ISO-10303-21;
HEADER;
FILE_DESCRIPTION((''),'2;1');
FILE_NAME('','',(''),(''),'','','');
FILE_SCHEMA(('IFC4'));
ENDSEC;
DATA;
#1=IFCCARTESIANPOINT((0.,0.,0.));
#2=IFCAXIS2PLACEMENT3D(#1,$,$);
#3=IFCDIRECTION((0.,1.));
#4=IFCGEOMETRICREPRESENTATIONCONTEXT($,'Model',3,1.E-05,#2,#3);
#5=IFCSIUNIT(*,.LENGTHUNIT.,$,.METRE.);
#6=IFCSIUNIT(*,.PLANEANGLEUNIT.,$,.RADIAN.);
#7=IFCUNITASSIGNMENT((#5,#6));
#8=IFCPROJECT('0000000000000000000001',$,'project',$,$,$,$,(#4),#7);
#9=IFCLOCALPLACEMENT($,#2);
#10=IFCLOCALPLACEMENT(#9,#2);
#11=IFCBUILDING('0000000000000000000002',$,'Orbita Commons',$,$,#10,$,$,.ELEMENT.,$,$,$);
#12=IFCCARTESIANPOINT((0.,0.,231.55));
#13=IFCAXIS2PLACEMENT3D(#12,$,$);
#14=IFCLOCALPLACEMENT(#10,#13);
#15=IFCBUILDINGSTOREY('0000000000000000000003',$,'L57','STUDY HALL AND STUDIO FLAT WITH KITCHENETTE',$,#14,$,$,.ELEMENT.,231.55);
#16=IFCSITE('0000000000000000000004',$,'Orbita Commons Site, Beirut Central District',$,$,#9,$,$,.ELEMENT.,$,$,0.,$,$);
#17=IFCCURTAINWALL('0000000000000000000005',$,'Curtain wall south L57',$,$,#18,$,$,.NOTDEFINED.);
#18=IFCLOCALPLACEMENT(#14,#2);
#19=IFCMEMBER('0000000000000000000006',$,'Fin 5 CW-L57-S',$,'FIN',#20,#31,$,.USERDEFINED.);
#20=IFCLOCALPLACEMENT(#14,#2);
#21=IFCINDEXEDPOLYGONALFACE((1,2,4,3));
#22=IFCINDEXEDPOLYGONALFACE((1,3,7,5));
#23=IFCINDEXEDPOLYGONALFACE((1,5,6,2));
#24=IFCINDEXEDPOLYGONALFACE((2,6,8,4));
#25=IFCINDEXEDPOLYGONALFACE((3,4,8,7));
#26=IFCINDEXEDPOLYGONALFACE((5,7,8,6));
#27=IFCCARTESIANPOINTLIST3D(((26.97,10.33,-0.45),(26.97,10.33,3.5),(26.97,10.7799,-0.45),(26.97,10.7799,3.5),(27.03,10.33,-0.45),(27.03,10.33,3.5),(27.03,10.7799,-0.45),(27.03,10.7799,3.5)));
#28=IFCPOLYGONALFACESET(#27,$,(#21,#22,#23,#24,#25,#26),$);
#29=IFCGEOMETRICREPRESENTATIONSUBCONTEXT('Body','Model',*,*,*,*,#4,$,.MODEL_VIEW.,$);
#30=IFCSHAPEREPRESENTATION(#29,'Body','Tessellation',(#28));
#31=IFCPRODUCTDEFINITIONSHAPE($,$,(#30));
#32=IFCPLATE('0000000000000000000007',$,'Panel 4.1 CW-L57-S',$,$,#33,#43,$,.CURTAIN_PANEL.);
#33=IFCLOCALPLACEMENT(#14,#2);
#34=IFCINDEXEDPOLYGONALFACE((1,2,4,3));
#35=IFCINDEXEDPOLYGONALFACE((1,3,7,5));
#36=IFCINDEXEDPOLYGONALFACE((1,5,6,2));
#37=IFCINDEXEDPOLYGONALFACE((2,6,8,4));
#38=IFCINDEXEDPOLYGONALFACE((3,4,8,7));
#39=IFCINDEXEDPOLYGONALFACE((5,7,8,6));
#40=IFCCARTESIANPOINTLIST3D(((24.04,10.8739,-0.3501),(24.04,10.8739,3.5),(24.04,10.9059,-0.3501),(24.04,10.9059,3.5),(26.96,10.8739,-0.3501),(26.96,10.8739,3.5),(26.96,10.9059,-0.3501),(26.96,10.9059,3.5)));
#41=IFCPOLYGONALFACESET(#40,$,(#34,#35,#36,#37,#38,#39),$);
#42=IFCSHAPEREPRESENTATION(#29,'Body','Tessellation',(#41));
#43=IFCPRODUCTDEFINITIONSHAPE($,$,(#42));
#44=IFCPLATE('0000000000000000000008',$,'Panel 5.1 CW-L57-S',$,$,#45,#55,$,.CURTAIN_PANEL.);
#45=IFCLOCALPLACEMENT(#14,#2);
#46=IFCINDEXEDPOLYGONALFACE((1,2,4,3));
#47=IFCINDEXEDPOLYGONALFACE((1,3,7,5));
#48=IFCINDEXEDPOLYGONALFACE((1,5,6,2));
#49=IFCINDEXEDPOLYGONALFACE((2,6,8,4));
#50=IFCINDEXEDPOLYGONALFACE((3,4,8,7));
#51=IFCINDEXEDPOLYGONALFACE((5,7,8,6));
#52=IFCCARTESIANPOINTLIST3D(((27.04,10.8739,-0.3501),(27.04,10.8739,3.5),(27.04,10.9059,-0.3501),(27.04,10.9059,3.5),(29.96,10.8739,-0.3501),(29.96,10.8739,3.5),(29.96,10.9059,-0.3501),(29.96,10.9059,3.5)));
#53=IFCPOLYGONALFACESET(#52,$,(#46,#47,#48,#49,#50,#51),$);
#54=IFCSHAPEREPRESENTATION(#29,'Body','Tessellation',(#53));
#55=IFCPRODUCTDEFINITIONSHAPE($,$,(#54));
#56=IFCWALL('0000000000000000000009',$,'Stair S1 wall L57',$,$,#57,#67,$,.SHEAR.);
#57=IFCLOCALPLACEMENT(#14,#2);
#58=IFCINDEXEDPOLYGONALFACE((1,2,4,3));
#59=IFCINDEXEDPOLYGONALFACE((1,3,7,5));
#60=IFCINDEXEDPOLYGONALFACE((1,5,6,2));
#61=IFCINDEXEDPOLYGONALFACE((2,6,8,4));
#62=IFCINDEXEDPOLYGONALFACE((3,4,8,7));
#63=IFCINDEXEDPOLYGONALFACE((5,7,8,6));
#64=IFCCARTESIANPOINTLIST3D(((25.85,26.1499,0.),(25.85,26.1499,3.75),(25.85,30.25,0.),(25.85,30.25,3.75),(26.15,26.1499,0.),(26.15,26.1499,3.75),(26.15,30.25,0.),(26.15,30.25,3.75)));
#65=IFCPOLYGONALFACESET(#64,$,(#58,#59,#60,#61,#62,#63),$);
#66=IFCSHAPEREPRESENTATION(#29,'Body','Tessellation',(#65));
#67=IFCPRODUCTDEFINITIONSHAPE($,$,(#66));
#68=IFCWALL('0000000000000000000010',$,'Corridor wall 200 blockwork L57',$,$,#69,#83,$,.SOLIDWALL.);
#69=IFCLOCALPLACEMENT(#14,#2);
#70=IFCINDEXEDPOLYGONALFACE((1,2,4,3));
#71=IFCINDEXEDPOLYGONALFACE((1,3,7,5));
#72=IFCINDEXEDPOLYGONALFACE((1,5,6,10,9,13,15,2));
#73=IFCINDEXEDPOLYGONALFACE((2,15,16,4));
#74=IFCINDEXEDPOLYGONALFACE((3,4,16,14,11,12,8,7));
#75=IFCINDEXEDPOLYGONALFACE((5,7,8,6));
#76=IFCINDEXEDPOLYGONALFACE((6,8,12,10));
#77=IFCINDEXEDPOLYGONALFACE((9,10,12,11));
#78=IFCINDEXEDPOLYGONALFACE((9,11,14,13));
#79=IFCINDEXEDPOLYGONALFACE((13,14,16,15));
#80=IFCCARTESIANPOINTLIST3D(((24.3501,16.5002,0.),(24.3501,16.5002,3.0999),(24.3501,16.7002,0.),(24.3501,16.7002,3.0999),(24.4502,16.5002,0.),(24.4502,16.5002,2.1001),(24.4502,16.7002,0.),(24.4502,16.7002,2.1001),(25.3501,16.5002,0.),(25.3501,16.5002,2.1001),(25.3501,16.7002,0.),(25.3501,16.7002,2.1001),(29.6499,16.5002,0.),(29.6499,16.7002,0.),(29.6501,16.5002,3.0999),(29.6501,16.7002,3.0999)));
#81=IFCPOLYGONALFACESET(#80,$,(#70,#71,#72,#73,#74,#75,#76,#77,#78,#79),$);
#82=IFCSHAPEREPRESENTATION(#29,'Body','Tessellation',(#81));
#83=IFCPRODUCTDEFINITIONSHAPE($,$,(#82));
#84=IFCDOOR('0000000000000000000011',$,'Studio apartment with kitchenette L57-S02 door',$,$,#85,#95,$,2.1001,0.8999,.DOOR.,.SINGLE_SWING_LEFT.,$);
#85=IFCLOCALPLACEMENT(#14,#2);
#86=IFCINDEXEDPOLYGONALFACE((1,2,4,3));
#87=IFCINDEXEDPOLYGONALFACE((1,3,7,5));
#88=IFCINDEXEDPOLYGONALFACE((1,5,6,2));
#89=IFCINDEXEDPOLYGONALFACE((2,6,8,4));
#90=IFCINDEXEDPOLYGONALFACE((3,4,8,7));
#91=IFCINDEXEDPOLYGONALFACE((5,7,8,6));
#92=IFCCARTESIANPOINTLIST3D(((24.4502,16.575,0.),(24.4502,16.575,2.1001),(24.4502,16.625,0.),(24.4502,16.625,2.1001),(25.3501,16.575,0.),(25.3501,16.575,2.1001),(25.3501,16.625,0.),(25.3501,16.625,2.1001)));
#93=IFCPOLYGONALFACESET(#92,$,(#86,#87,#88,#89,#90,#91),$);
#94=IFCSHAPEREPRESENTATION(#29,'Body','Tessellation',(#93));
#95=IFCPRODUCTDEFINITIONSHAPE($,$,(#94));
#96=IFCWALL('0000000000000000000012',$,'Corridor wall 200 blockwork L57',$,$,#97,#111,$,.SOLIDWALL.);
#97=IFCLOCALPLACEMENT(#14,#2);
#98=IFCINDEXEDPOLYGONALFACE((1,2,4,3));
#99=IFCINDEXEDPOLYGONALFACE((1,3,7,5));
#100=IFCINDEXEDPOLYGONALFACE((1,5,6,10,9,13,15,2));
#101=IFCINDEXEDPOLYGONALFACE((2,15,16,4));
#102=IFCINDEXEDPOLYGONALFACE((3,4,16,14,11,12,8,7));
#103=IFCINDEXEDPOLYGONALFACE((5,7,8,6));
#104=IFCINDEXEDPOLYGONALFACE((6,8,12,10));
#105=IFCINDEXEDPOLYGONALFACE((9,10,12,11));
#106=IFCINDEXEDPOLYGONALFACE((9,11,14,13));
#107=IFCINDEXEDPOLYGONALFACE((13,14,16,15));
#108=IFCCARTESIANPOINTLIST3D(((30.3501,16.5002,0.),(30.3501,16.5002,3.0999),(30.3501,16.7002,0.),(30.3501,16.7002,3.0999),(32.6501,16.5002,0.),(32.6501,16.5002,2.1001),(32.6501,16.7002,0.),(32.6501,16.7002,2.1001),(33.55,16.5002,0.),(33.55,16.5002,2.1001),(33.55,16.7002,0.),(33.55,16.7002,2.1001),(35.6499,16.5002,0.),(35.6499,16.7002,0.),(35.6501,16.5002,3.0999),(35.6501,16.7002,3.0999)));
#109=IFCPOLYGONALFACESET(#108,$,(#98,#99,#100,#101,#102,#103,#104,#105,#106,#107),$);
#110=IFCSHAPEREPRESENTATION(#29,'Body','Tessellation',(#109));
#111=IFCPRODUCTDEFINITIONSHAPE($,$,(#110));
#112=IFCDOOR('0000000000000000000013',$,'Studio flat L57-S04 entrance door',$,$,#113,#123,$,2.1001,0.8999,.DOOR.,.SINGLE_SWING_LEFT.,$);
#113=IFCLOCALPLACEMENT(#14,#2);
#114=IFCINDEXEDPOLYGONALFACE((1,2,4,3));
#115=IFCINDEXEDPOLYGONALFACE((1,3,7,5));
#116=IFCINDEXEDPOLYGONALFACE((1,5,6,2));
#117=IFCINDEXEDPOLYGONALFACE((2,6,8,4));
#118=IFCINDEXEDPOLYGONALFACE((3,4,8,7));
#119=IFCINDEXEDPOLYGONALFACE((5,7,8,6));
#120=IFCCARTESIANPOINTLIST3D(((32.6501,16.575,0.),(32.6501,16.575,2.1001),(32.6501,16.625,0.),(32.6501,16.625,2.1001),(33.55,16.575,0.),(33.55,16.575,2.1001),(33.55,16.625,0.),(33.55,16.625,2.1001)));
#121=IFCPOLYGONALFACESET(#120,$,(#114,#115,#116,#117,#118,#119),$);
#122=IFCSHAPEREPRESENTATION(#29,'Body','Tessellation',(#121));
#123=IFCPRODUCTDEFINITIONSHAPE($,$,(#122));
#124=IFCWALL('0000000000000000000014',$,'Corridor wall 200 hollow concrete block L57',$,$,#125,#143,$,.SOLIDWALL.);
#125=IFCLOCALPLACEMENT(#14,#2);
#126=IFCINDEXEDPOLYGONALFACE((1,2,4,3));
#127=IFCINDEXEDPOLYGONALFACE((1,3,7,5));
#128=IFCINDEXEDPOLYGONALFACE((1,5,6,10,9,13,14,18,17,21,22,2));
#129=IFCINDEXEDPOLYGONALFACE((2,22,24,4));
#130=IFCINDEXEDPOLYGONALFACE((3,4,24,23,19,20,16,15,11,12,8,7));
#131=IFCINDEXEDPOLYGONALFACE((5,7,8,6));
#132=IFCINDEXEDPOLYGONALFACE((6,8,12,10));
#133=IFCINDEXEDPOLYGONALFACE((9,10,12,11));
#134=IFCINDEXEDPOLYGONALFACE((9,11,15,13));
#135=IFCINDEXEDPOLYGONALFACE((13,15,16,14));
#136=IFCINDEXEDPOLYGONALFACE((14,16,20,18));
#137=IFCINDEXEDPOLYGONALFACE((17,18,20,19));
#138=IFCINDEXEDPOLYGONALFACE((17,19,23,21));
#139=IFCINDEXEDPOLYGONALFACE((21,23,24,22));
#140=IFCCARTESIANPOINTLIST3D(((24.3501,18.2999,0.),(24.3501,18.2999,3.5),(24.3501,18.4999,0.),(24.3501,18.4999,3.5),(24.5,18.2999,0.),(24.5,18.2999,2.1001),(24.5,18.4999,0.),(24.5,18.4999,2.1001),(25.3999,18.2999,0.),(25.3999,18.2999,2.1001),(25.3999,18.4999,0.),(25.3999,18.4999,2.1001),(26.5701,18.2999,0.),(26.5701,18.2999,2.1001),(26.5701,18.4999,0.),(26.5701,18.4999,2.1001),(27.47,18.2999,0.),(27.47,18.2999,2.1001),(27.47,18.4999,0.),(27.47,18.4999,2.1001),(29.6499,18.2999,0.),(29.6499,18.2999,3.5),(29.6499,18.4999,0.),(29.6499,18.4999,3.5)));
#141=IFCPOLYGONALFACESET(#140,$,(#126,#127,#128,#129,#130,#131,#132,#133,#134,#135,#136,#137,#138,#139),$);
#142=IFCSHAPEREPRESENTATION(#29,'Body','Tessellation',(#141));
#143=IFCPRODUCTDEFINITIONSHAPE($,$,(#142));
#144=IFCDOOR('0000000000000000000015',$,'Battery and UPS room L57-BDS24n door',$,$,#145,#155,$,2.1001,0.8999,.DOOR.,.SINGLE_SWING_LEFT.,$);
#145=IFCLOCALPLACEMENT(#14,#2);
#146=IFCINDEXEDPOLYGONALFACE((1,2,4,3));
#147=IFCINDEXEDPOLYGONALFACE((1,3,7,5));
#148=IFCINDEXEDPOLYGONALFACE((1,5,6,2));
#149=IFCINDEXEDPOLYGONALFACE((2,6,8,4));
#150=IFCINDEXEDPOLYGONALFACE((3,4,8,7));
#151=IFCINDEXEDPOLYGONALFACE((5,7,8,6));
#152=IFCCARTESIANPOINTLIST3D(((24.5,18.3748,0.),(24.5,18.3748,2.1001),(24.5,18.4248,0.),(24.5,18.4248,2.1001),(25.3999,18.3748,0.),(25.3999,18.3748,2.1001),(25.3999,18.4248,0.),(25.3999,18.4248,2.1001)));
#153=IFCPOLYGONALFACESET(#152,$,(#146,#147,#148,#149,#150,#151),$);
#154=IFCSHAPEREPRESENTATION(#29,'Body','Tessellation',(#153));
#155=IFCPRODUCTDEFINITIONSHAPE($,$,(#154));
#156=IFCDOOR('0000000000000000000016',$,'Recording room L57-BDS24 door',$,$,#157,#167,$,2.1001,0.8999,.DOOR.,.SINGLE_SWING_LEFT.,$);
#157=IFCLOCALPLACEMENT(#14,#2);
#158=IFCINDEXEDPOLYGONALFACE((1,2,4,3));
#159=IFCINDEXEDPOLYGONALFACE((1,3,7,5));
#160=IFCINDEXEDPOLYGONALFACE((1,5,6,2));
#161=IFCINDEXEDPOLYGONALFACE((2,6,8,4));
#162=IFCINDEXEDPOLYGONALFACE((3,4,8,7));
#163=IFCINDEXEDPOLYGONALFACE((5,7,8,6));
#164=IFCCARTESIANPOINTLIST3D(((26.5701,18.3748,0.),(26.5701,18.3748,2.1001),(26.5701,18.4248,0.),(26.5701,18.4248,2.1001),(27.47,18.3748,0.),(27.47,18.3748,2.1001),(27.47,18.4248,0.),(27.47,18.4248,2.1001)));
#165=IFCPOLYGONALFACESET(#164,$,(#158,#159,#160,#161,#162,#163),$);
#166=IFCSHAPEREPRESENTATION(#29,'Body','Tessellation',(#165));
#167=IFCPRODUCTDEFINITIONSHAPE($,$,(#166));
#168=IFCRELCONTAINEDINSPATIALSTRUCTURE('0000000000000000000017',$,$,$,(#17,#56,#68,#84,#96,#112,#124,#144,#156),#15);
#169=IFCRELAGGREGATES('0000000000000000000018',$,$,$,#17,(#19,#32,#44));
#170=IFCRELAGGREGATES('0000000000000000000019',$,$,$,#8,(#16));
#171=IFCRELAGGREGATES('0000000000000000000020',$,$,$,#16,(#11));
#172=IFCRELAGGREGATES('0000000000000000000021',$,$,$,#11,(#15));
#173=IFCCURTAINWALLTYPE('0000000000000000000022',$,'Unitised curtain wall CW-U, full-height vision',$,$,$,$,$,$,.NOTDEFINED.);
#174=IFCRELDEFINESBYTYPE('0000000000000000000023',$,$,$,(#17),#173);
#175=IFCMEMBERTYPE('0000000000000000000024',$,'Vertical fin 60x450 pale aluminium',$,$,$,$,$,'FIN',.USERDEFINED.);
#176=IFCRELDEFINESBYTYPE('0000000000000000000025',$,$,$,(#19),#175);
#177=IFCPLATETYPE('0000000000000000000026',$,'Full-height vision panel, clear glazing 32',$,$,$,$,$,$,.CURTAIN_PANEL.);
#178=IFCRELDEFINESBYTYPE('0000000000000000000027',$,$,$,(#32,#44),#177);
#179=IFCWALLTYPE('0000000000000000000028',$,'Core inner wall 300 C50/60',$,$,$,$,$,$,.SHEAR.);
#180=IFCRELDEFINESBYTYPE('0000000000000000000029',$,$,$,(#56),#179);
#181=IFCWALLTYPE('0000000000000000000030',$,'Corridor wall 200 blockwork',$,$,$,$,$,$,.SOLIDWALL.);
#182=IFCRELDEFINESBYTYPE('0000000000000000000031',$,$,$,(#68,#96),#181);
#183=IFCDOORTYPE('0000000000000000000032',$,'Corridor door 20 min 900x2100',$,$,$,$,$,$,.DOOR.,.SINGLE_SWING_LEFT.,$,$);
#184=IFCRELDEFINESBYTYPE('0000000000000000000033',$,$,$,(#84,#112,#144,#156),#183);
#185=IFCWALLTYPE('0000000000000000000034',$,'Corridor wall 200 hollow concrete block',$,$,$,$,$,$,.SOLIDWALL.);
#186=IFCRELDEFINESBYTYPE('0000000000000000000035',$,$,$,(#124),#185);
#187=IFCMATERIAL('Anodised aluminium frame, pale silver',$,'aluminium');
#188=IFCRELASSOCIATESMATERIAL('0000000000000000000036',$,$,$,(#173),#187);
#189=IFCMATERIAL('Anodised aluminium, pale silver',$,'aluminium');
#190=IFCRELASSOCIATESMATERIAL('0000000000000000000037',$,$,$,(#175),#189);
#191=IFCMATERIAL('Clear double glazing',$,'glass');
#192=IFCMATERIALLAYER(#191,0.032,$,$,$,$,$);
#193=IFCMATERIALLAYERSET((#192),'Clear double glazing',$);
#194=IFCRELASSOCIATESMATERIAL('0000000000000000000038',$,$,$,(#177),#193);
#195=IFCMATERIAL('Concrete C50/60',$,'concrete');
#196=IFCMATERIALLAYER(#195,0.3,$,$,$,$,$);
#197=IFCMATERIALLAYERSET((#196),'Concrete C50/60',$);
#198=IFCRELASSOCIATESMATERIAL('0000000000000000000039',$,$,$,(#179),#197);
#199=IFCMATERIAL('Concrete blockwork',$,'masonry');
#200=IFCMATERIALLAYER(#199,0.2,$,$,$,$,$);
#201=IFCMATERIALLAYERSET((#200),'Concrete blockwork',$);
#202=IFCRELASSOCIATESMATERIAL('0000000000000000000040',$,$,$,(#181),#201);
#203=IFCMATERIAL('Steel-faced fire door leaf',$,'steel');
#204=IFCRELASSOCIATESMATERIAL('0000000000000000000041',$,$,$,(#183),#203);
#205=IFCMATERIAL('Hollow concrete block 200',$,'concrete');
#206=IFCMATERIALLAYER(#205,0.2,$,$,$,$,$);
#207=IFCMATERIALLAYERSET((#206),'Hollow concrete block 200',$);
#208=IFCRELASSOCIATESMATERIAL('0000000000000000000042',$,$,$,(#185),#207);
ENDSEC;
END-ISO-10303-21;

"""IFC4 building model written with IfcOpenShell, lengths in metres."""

from ifc_helpers import new_model, si_unit, direction, frame, frame_2d, origin, origin_2d, place, context, subcontext, project, spatial, polyline, rectangle, outline, extrude, material, layer, layer_set, material_profile, profile_set, type_object, element, fill, aggregate, save


model = new_model("IFC4")

# Units and contexts
model_context = context("Model", 3, precision=1e-05, world=origin(), true_north=direction((0.0, 1.0)))
body_context = subcontext(model_context, "Body", "Model", "MODEL_VIEW")
ifc_project = project(units=[si_unit("LENGTHUNIT", "METRE"), si_unit("PLANEANGLEUNIT", "RADIAN")], contexts=[model_context])

# Site, building, storey
site_placement = place(None, origin())
site = spatial("IfcSite", under=ifc_project, at=site_placement, Name="Orbita Commons Site, Beirut Central District", CompositionType="ELEMENT", RefElevation=0.0)
building_placement = place(site_placement, origin())
building = spatial("IfcBuilding", under=site, at=building_placement, Name="Orbita Commons", CompositionType="ELEMENT")
storey_placement = place(building_placement, frame((0.0, 0.0, 231.55)))
storey = spatial("IfcBuildingStorey", under=building, at=storey_placement, Name="L57", Description="STUDY HALL AND STUDIO FLAT WITH KITCHENETTE", CompositionType="ELEMENT", Elevation=231.55)

# Curtain wall
ifc_material_1 = material(Name="Anodised aluminium frame, pale silver", Category="aluminium")
curtain_wall_type = type_object("IfcCurtainWallType", Name="Unitised curtain wall CW-U, full-height vision", PredefinedType="NOTDEFINED", material=ifc_material_1)
curtain_wall_placement = place(storey_placement, origin())
curtain_wall = element("IfcCurtainWall", 1, at=curtain_wall_placement, inside=storey, type_object=curtain_wall_type, Name="Curtain wall south L57", PredefinedType="NOTDEFINED")

# Member
ifc_material_2 = material(Name="Anodised aluminium, pale silver", Category="aluminium")
ifc_material_profile_1 = material_profile(ifc_material_2, rectangle(XDim=0.0601, YDim=0.45, at=origin_2d()), Name="FIN 60x450")
ifc_profile_set_1 = profile_set([ifc_material_profile_1], Name="Anodised aluminium, pale silver")
member_type_1 = type_object("IfcMemberType", Name="Vertical fin 60x450 pale aluminium", ElementType="FIN", PredefinedType="USERDEFINED", material=ifc_profile_set_1)
member_1_placement = place(storey_placement, frame((27.0, 10.5549, -0.45), z_axis=(0.0, 0.0, 1.0), x_axis=(1.0, 0.0, 0.0)))
member_1 = element("IfcMember", 2, at=member_1_placement, type_object=member_type_1, Name="Fin 5 CW-L57-S", ObjectType="FIN", PredefinedType="USERDEFINED", context=body_context, shape_type="SweptSolid", body=[
    extrude(rectangle(XDim=0.0601, YDim=0.45, at=origin_2d()), origin(), (0.0, 0.0, 1.0), 3.95),
])

# Plates
ifc_material_3 = material(Name="Clear double glazing", Category="glass")
ifc_layer_1 = layer(ifc_material_3, 0.032)
ifc_layer_set_1 = layer_set([ifc_layer_1], Name="Clear double glazing")
plate_type = type_object("IfcPlateType", Name="Full-height vision panel, clear glazing 32", PredefinedType="CURTAIN_PANEL", material=ifc_layer_set_1)
plate_1_placement = place(storey_placement, frame((25.5, 10.8899, -0.3501), z_axis=(0.0, 0.0, 1.0), x_axis=(1.0, 0.0, 0.0)))
plate_1 = element("IfcPlate", 3, at=plate_1_placement, type_object=plate_type, Name="Panel 4.1 CW-L57-S", PredefinedType="CURTAIN_PANEL", context=body_context, shape_type="SweptSolid", body=[
    extrude(rectangle(XDim=2.9199, YDim=0.032, at=origin_2d()), origin(), (0.0, 0.0, 1.0), 3.8501),
])
plate_2_placement = place(storey_placement, frame((28.5, 10.8899, -0.3501), z_axis=(0.0, 0.0, 1.0), x_axis=(1.0, 0.0, 0.0)))
plate_2 = element("IfcPlate", 4, at=plate_2_placement, type_object=plate_type, Name="Panel 5.1 CW-L57-S", PredefinedType="CURTAIN_PANEL", context=body_context, shape_type="SweptSolid", body=[
    extrude(rectangle(XDim=2.9199, YDim=0.032, at=origin_2d()), origin(), (0.0, 0.0, 1.0), 3.8501),
])
aggregate(curtain_wall, [member_1, plate_1, plate_2])

# Wall
ifc_material_4 = material(Name="Concrete C50/60", Category="concrete")
ifc_layer_2 = layer(ifc_material_4, 0.3)
ifc_layer_set_2 = layer_set([ifc_layer_2], Name="Concrete C50/60")
wall_type_1 = type_object("IfcWallType", Name="Core inner wall 300 C50/60", PredefinedType="SHEAR", material=ifc_layer_set_2)
wall_1_placement = place(storey_placement, frame((26.0, 26.1499, 0.0), z_axis=(0.0, 0.0, 1.0), x_axis=(0.0, 1.0, 0.0)))
element("IfcWall", 5, at=wall_1_placement, inside=storey, type_object=wall_type_1, Name="Stair S1 wall L57", PredefinedType="SHEAR", context=body_context, shape_type="SweptSolid", body=[
    extrude(rectangle(XDim=4.1001, YDim=0.3, at=frame_2d((2.05, 0.0))), origin(), (0.0, 0.0, 1.0), 3.75),
])

# Walls, openings, doors
ifc_material_5 = material(Name="Concrete blockwork", Category="masonry")
ifc_layer_3 = layer(ifc_material_5, 0.2)
ifc_layer_set_3 = layer_set([ifc_layer_3], Name="Concrete blockwork")
wall_type_2 = type_object("IfcWallType", Name="Corridor wall 200 blockwork", PredefinedType="SOLIDWALL", material=ifc_layer_set_3)
wall_2_placement = place(storey_placement, frame((24.3501, 16.6001, 0.0), z_axis=(0.0, 0.0, 1.0), x_axis=(1.0, 0.0, 0.0)))
wall_2 = element("IfcWall", 6, at=wall_2_placement, inside=storey, type_object=wall_type_2, Name="Corridor wall 200 blockwork L57", PredefinedType="SOLIDWALL", context=body_context, shape_type="SweptSolid", body=[
    extrude(outline(polyline([(0.0, 0.0), (5.2998, 0.0), (5.3, 3.0999), (0.0, 3.0999), (0.0, 0.0)])), frame((0.0, 0.1001, 0.0), z_axis=(0.0, -1.0, 0.0), x_axis=(1.0, 0.0, 0.0)), (0.0, 0.0, 1.0), 0.2),
])
opening_1_placement = place(wall_2_placement, frame((0.1001, 0.0, 0.0)))
opening_1 = element("IfcOpeningElement", 7, at=opening_1_placement, cuts=wall_2, PredefinedType="OPENING", context=body_context, shape_type="SweptSolid", body=[
    extrude(rectangle(XDim=0.8999, YDim=2.1001, at=frame_2d((0.45, 1.05))), frame((0.0, 0.1099, 0.0), z_axis=(0.0, -1.0, 0.0), x_axis=(1.0, 0.0, 0.0)), (0.0, 0.0, 1.0), 0.22),
])
ifc_material_6 = material(Name="Steel-faced fire door leaf", Category="steel")
door_type_1 = type_object("IfcDoorType", Name="Corridor door 20 min 900x2100", OperationType="SINGLE_SWING_LEFT", PredefinedType="DOOR", material=ifc_material_6)
door_1_placement = place(opening_1_placement, origin())
door_1 = element("IfcDoor", 8, at=door_1_placement, inside=storey, type_object=door_type_1, Name="Studio apartment with kitchenette L57-S02 door", OperationType="SINGLE_SWING_LEFT", OverallHeight=2.1001, OverallWidth=0.8999, PredefinedType="DOOR", context=body_context, shape_type="SweptSolid", body=[
    extrude(rectangle(XDim=0.8999, YDim=2.1001, at=frame_2d((0.45, 1.05))), frame((0.0, 0.0249, 0.0), z_axis=(0.0, -1.0, 0.0), x_axis=(1.0, 0.0, 0.0)), (0.0, 0.0, 1.0), 0.05),
])
fill(opening_1, door_1)
wall_3_placement = place(storey_placement, frame((30.3501, 16.6001, 0.0), z_axis=(0.0, 0.0, 1.0), x_axis=(1.0, 0.0, 0.0)))
wall_3 = element("IfcWall", 9, at=wall_3_placement, inside=storey, type_object=wall_type_2, Name="Corridor wall 200 blockwork L57", PredefinedType="SOLIDWALL", context=body_context, shape_type="SweptSolid", body=[
    extrude(outline(polyline([(0.0, 0.0), (5.2998, 0.0), (5.3, 3.0999), (0.0, 3.0999), (0.0, 0.0)])), frame((0.0, 0.1001, 0.0), z_axis=(0.0, -1.0, 0.0), x_axis=(1.0, 0.0, 0.0)), (0.0, 0.0, 1.0), 0.2),
])
opening_2_placement = place(wall_3_placement, frame((2.3, 0.0, 0.0)))
opening_2 = element("IfcOpeningElement", 10, at=opening_2_placement, cuts=wall_3, PredefinedType="OPENING", context=body_context, shape_type="SweptSolid", body=[
    extrude(rectangle(XDim=0.8999, YDim=2.1001, at=frame_2d((0.45, 1.05))), frame((0.0, 0.1099, 0.0), z_axis=(0.0, -1.0, 0.0), x_axis=(1.0, 0.0, 0.0)), (0.0, 0.0, 1.0), 0.22),
])
door_2_placement = place(opening_2_placement, origin())
door_2 = element("IfcDoor", 11, at=door_2_placement, inside=storey, type_object=door_type_1, Name="Studio flat L57-S04 entrance door", OperationType="SINGLE_SWING_LEFT", OverallHeight=2.1001, OverallWidth=0.8999, PredefinedType="DOOR", context=body_context, shape_type="SweptSolid", body=[
    extrude(rectangle(XDim=0.8999, YDim=2.1001, at=frame_2d((0.45, 1.05))), frame((0.0, 0.0249, 0.0), z_axis=(0.0, -1.0, 0.0), x_axis=(1.0, 0.0, 0.0)), (0.0, 0.0, 1.0), 0.05),
])
fill(opening_2, door_2)

# Wall, openings, doors
ifc_material_7 = material(Name="Hollow concrete block 200", Category="concrete")
ifc_layer_4 = layer(ifc_material_7, 0.2)
ifc_layer_set_4 = layer_set([ifc_layer_4], Name="Hollow concrete block 200")
wall_type_3 = type_object("IfcWallType", Name="Corridor wall 200 hollow concrete block", PredefinedType="SOLIDWALL", material=ifc_layer_set_4)
wall_4_placement = place(storey_placement, frame((24.3501, 18.3999, 0.0), z_axis=(0.0, 0.0, 1.0), x_axis=(1.0, 0.0, 0.0)))
wall_4 = element("IfcWall", 12, at=wall_4_placement, inside=storey, type_object=wall_type_3, Name="Corridor wall 200 hollow concrete block L57", PredefinedType="SOLIDWALL", context=body_context, shape_type="SweptSolid", body=[
    extrude(rectangle(XDim=5.2998, YDim=0.2, at=frame_2d((2.6499, 0.0))), origin(), (0.0, 0.0, 1.0), 3.5),
])
opening_3_placement = place(wall_4_placement, frame((0.1499, 0.0, 0.0)))
opening_3 = element("IfcOpeningElement", 13, at=opening_3_placement, cuts=wall_4, PredefinedType="OPENING", context=body_context, shape_type="SweptSolid", body=[
    extrude(rectangle(XDim=0.8999, YDim=2.1001, at=frame_2d((0.45, 1.05))), frame((0.0, 0.1099, 0.0), z_axis=(0.0, -1.0, 0.0), x_axis=(1.0, 0.0, 0.0)), (0.0, 0.0, 1.0), 0.22),
])
opening_4_placement = place(wall_4_placement, frame((2.22, 0.0, 0.0)))
opening_4 = element("IfcOpeningElement", 14, at=opening_4_placement, cuts=wall_4, PredefinedType="OPENING", context=body_context, shape_type="SweptSolid", body=[
    extrude(rectangle(XDim=0.8999, YDim=2.1001, at=frame_2d((0.45, 1.05))), frame((0.0, 0.1099, 0.0), z_axis=(0.0, -1.0, 0.0), x_axis=(1.0, 0.0, 0.0)), (0.0, 0.0, 1.0), 0.22),
])
door_3_placement = place(opening_3_placement, origin())
door_3 = element("IfcDoor", 15, at=door_3_placement, inside=storey, type_object=door_type_1, Name="Battery and UPS room L57-BDS24n door", OperationType="SINGLE_SWING_LEFT", OverallHeight=2.1001, OverallWidth=0.8999, PredefinedType="DOOR", context=body_context, shape_type="SweptSolid", body=[
    extrude(rectangle(XDim=0.8999, YDim=2.1001, at=frame_2d((0.45, 1.05))), frame((0.0, 0.0249, 0.0), z_axis=(0.0, -1.0, 0.0), x_axis=(1.0, 0.0, 0.0)), (0.0, 0.0, 1.0), 0.05),
])
fill(opening_3, door_3)
door_4_placement = place(opening_4_placement, origin())
door_4 = element("IfcDoor", 16, at=door_4_placement, inside=storey, type_object=door_type_1, Name="Recording room L57-BDS24 door", OperationType="SINGLE_SWING_LEFT", OverallHeight=2.1001, OverallWidth=0.8999, PredefinedType="DOOR", context=body_context, shape_type="SweptSolid", body=[
    extrude(rectangle(XDim=0.8999, YDim=2.1001, at=frame_2d((0.45, 1.05))), frame((0.0, 0.0249, 0.0), z_axis=(0.0, -1.0, 0.0), x_axis=(1.0, 0.0, 0.0)), (0.0, 0.0, 1.0), 0.05),
])
fill(opening_4, door_4)

save(model, "model.ifc")
